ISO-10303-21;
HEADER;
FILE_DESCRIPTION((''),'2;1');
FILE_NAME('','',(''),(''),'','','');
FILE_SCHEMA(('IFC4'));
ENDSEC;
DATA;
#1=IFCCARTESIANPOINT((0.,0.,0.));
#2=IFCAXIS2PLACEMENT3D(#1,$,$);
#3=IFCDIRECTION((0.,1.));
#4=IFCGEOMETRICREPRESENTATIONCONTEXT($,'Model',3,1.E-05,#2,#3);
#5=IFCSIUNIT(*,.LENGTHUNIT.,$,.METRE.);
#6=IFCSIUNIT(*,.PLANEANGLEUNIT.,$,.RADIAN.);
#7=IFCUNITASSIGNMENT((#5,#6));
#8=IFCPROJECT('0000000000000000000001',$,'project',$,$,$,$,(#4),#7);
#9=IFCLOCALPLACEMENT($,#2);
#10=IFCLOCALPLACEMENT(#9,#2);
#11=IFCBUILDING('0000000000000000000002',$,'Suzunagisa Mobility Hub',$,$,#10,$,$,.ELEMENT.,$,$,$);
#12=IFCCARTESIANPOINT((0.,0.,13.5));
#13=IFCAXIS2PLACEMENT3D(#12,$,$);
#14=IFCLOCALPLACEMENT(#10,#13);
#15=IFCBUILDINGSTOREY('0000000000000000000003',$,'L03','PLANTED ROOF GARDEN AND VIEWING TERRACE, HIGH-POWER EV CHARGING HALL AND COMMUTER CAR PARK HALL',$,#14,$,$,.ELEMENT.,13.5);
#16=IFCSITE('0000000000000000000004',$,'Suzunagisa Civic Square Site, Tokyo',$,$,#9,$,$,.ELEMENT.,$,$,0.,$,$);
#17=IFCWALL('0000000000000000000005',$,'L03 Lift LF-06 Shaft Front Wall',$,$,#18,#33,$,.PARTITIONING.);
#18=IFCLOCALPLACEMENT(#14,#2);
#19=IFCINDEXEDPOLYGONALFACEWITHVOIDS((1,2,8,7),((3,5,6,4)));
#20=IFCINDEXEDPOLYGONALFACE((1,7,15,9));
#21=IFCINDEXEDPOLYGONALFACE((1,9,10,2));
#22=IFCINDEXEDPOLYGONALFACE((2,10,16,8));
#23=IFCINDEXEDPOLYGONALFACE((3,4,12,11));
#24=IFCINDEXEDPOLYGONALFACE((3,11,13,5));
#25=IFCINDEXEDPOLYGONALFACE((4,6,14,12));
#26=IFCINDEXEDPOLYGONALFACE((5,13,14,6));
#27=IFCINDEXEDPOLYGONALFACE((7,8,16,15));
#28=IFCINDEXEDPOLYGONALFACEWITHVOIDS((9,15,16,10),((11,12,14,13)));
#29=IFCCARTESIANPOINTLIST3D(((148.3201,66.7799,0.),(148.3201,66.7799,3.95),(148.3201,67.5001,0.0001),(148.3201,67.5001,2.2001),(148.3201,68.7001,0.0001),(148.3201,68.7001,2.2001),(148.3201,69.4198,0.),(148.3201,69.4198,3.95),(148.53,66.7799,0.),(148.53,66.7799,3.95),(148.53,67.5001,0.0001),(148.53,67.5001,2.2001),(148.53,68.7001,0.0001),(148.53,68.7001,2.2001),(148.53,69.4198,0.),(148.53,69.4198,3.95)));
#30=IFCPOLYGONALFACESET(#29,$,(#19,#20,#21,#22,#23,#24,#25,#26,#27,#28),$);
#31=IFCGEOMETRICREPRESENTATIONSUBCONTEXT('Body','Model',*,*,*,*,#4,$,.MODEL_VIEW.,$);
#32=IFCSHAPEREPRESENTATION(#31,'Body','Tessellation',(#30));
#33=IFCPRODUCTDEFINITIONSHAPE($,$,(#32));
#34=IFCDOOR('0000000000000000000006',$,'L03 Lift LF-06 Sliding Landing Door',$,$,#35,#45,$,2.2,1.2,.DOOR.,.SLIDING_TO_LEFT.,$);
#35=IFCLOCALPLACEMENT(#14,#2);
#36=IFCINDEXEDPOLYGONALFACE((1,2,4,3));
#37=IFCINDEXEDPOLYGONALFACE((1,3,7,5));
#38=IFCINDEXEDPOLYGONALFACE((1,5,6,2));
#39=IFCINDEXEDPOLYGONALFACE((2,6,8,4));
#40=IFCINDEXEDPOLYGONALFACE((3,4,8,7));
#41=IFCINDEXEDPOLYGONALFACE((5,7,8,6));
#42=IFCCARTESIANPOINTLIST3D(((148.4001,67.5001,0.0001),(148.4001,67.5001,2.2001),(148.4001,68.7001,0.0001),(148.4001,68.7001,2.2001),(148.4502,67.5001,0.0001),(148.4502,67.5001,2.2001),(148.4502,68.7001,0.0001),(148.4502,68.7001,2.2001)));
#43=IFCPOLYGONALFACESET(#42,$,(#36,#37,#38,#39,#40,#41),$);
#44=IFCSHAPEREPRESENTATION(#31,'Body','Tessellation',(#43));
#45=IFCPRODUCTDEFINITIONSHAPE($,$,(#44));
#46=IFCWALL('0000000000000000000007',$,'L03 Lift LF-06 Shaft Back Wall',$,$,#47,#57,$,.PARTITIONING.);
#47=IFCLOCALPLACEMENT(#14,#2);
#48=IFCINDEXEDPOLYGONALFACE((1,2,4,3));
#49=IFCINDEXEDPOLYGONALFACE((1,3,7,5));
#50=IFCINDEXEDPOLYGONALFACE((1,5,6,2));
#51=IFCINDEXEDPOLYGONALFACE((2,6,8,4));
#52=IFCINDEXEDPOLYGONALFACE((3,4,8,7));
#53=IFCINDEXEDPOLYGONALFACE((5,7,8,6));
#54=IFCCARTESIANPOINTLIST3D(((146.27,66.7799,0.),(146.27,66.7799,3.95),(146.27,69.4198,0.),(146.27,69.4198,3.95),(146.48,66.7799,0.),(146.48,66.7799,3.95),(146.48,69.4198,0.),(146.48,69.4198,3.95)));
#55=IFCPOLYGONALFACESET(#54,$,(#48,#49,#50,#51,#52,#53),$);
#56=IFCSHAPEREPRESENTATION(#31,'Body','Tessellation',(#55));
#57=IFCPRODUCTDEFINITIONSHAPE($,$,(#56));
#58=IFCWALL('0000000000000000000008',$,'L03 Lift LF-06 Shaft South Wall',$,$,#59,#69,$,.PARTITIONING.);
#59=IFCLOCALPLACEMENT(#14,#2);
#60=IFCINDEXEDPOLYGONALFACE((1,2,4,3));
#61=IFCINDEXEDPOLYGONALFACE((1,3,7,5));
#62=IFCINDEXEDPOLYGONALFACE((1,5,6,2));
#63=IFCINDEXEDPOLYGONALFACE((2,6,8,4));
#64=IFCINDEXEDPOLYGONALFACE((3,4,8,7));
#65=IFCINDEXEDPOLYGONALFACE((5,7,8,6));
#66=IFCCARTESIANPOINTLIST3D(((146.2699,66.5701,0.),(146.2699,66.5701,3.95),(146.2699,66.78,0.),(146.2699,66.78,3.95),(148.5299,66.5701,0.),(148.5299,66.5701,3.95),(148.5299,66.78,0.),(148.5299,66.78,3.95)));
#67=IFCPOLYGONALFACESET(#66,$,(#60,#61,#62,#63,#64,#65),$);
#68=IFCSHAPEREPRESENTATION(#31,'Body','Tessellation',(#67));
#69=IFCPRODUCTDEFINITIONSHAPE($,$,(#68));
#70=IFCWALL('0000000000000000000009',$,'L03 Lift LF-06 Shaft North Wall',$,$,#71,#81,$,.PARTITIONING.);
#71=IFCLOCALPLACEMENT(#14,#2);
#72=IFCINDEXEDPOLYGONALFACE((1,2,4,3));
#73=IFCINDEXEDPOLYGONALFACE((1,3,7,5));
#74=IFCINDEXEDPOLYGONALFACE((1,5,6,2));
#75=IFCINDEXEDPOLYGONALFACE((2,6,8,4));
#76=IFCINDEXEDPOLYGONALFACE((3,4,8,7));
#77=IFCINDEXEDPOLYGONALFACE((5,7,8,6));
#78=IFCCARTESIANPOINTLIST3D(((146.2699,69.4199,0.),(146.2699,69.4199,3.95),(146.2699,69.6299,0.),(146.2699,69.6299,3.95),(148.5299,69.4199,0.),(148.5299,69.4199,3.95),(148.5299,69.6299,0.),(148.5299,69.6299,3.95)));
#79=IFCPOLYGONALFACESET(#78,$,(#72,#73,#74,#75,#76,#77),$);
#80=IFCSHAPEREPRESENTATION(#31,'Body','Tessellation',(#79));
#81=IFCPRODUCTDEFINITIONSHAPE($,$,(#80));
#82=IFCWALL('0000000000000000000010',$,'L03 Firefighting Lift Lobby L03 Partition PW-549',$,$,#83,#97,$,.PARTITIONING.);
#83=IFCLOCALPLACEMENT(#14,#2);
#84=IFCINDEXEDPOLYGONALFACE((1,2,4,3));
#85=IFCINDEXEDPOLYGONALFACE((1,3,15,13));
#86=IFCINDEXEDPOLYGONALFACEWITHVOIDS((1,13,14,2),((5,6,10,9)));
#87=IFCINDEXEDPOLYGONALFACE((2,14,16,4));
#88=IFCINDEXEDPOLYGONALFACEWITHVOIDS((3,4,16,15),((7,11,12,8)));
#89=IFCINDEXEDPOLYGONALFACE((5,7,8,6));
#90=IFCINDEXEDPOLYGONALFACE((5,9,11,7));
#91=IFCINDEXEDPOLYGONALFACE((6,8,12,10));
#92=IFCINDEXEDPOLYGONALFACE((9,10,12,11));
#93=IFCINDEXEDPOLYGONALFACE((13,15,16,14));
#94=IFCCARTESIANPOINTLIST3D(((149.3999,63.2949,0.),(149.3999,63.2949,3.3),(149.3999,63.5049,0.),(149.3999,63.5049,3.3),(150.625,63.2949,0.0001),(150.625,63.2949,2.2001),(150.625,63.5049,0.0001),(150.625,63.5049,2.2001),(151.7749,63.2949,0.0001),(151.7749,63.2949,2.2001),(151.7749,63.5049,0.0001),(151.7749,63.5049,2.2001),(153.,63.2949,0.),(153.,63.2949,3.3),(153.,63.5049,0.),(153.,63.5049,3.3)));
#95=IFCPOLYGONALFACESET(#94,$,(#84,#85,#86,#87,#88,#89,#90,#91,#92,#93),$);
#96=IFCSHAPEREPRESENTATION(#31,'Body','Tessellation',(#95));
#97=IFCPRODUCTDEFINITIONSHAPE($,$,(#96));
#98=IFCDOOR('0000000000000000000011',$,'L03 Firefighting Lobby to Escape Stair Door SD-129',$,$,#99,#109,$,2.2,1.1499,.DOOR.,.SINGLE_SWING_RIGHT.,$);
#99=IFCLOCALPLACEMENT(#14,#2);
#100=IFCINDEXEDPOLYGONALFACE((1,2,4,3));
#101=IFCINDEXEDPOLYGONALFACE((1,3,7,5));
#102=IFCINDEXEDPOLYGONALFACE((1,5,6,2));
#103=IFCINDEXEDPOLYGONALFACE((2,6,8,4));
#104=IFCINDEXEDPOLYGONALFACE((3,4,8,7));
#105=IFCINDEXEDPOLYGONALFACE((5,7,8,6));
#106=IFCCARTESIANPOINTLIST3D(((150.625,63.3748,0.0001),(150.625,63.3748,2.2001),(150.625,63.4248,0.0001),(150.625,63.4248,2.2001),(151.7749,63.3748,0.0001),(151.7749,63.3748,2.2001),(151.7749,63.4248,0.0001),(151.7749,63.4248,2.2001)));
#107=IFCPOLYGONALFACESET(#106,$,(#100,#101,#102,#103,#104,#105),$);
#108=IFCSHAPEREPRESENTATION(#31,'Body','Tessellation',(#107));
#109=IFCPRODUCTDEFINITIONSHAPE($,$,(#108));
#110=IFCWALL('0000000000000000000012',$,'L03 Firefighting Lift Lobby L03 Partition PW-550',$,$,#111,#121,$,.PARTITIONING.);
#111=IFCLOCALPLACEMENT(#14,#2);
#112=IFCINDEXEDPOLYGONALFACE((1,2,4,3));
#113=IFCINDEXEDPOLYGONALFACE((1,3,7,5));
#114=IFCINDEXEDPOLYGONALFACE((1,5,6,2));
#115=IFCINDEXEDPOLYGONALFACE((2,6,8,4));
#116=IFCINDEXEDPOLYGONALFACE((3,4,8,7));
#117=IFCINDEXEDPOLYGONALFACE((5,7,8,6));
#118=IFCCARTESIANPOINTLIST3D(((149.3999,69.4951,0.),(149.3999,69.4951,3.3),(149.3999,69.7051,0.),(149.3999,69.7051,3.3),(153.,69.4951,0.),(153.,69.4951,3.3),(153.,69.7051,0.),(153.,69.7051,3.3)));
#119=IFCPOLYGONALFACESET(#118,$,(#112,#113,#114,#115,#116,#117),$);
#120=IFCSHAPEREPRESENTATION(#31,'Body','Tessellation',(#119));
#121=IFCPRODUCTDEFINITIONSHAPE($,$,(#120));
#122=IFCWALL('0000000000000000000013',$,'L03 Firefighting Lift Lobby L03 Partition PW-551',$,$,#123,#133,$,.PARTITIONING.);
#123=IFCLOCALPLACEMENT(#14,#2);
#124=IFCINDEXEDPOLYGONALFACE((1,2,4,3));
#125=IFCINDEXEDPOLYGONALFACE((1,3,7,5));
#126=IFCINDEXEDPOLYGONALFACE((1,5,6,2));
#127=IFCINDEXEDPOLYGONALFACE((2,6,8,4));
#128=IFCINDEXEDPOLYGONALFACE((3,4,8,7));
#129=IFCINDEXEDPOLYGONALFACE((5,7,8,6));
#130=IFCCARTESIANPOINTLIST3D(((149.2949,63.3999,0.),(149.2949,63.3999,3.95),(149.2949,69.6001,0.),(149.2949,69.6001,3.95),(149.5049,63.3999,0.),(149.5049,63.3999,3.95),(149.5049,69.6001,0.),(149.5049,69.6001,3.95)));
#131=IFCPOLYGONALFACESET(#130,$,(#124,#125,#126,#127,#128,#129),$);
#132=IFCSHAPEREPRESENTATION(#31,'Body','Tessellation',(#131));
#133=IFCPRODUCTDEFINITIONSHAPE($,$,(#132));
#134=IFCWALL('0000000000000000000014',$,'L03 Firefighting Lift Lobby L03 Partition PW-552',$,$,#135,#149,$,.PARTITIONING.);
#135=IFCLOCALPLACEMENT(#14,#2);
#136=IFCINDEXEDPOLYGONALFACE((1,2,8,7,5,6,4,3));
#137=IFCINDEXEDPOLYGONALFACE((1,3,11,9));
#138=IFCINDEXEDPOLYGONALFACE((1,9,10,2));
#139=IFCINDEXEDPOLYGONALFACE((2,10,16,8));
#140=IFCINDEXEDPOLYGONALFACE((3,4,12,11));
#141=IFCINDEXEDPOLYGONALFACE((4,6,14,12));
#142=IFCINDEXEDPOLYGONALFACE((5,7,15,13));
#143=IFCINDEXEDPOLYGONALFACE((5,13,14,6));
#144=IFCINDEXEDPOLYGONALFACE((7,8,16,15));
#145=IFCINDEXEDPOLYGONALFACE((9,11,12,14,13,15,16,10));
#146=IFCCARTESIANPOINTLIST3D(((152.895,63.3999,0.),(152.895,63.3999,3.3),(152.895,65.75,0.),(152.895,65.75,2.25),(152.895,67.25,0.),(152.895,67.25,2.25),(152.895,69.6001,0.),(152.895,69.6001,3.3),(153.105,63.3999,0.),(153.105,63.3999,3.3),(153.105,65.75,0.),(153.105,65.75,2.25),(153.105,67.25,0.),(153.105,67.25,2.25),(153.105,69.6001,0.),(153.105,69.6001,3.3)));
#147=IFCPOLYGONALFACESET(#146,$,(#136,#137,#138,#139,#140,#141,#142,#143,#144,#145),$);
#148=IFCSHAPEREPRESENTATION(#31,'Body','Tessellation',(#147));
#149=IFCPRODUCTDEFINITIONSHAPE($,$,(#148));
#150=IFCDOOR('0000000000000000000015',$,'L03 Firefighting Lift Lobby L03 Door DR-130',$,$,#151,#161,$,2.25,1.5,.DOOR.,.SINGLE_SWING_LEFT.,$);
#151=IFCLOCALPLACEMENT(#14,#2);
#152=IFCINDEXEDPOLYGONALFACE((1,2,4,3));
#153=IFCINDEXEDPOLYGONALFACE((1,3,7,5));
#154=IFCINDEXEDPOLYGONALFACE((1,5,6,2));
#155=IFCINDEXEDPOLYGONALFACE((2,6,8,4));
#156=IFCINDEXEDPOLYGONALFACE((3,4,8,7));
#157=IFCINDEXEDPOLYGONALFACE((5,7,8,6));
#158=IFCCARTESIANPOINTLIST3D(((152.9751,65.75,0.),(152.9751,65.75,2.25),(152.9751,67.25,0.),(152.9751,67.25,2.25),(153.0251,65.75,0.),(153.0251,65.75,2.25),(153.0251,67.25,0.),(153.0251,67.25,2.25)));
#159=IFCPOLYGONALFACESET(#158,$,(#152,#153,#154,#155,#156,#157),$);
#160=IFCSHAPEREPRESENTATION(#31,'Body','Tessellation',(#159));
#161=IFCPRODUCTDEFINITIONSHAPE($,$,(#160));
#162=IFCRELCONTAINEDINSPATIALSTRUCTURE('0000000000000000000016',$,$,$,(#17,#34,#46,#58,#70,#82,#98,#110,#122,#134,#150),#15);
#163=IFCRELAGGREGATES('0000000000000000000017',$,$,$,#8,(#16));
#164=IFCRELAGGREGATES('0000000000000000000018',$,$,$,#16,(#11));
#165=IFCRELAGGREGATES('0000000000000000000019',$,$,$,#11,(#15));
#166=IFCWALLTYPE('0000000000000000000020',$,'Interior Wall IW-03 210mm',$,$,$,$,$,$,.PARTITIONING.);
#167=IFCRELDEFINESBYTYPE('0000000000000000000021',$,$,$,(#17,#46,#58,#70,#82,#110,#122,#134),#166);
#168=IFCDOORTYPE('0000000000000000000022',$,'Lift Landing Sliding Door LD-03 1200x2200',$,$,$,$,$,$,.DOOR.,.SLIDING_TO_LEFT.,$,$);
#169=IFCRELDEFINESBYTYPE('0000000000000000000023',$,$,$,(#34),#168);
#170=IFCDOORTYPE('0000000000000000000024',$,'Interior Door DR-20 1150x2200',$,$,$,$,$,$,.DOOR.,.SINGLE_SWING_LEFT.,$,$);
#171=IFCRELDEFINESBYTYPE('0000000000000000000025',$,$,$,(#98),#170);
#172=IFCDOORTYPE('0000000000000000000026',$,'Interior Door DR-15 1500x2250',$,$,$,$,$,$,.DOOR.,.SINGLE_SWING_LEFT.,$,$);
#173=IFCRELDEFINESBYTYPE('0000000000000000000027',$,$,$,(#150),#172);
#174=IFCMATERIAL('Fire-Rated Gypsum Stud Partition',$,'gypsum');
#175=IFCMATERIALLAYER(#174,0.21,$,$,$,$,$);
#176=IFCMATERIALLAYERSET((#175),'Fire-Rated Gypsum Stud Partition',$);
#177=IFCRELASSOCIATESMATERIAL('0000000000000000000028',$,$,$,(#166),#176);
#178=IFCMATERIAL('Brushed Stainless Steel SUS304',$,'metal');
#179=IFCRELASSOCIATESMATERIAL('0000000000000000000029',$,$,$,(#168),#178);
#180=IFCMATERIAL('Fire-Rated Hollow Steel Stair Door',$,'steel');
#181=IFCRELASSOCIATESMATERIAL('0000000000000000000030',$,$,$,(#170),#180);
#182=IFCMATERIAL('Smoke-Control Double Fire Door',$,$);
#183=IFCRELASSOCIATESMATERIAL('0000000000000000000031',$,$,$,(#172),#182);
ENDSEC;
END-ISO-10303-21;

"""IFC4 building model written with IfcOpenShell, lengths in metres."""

from ifc_helpers import new_model, si_unit, direction, frame, frame_2d, origin, place, context, subcontext, project, spatial, rectangle, extrude, material, layer, layer_set, type_object, element, fill, save


model = new_model("IFC4")

# Units and contexts
model_context = context("Model", 3, precision=1e-05, world=origin(), true_north=direction((0.0, 1.0)))
body_context = subcontext(model_context, "Body", "Model", "MODEL_VIEW")
ifc_project = project(units=[si_unit("LENGTHUNIT", "METRE"), si_unit("PLANEANGLEUNIT", "RADIAN")], contexts=[model_context])

# Site, building, storey
site_placement = place(None, origin())
site = spatial("IfcSite", under=ifc_project, at=site_placement, Name="Suzunagisa Civic Square Site, Tokyo", CompositionType="ELEMENT", RefElevation=0.0)
building_placement = place(site_placement, origin())
building = spatial("IfcBuilding", under=site, at=building_placement, Name="Suzunagisa Mobility Hub", CompositionType="ELEMENT")
storey_placement = place(building_placement, frame((0.0, 0.0, 13.5)))
storey = spatial("IfcBuildingStorey", under=building, at=storey_placement, Name="L03", Description="PLANTED ROOF GARDEN AND VIEWING TERRACE, HIGH-POWER EV CHARGING HALL AND COMMUTER CAR PARK HALL", CompositionType="ELEMENT", Elevation=13.5)

# Shared definitions
ifc_material_1 = material(Name="Fire-Rated Gypsum Stud Partition", Category="gypsum")
ifc_layer = layer(ifc_material_1, 0.21)
ifc_layer_set = layer_set([ifc_layer], Name="Fire-Rated Gypsum Stud Partition")
wall_type = type_object("IfcWallType", Name="Interior Wall IW-03 210mm", PredefinedType="PARTITIONING", material=ifc_layer_set)
ifc_material_2 = material(Name="Brushed Stainless Steel SUS304", Category="metal")
door_type_1 = type_object("IfcDoorType", Name="Lift Landing Sliding Door LD-03 1200x2200", OperationType="SLIDING_TO_LEFT", PredefinedType="DOOR", material=ifc_material_2)

# Wall, opening, door
wall_1_placement = place(storey_placement, frame((148.425, 66.78, 0.0), z_axis=(0.0, 0.0, 1.0), x_axis=(0.0, 1.0, 0.0)))
wall_1 = element("IfcWall", 1, at=wall_1_placement, inside=storey, type_object=wall_type, Name="L03 Lift LF-06 Shaft Front Wall", PredefinedType="PARTITIONING", context=body_context, shape_type="SweptSolid", body=[
    extrude(rectangle(XDim=2.6399, YDim=0.21, at=frame_2d((1.3198, 0.0))), origin(), (0.0, 0.0, 1.0), 3.95),
])
opening_1_placement = place(wall_1_placement, frame((0.72, 0.0, 0.0)))
opening_1 = element("IfcOpeningElement", 2, at=opening_1_placement, cuts=wall_1, PredefinedType="OPENING", context=body_context, shape_type="SweptSolid", body=[
    extrude(rectangle(XDim=1.2, YDim=2.2, at=frame_2d((0.6001, 1.1001))), frame((0.0, 0.116, 0.0), z_axis=(0.0, -1.0, 0.0), x_axis=(1.0, 0.0, 0.0)), (0.0, 0.0, 1.0), 0.2319),
])
door_1_placement = place(opening_1_placement, origin())
door_1 = element("IfcDoor", 3, at=door_1_placement, inside=storey, type_object=door_type_1, Name="L03 Lift LF-06 Sliding Landing Door", OperationType="SLIDING_TO_LEFT", OverallHeight=2.2, OverallWidth=1.2, PredefinedType="DOOR", context=body_context, shape_type="SweptSolid", body=[
    extrude(rectangle(XDim=1.2, YDim=2.2, at=frame_2d((0.6001, 1.1001))), frame((0.0, 0.0249, 0.0), z_axis=(0.0, -1.0, 0.0), x_axis=(1.0, 0.0, 0.0)), (0.0, 0.0, 1.0), 0.05),
])
fill(opening_1, door_1)

# Walls
wall_2_placement = place(storey_placement, frame((146.375, 66.78, 0.0), z_axis=(0.0, 0.0, 1.0), x_axis=(0.0, 1.0, 0.0)))
element("IfcWall", 4, at=wall_2_placement, inside=storey, type_object=wall_type, Name="L03 Lift LF-06 Shaft Back Wall", PredefinedType="PARTITIONING", context=body_context, shape_type="SweptSolid", body=[
    extrude(rectangle(XDim=2.6399, YDim=0.21, at=frame_2d((1.3198, 0.0))), origin(), (0.0, 0.0, 1.0), 3.95),
])
for number, where, z_axis, x_axis, name in (
    (5, (146.27, 66.675, 0.0), (0.0, 0.0, 1.0), (1.0, 0.0, 0.0), "L03 Lift LF-06 Shaft South Wall"),
    (6, (146.27, 69.5249, 0.0), (0.0, 0.0, 1.0), (1.0, 0.0, 0.0), "L03 Lift LF-06 Shaft North Wall"),
):
    element("IfcWall", number, at=place(storey_placement, frame(where, z_axis=z_axis, x_axis=x_axis)), inside=storey, type_object=wall_type, Name=name, PredefinedType="PARTITIONING", context=body_context, shape_type="SweptSolid", body=[
        extrude(rectangle(XDim=2.26, YDim=0.21, at=frame_2d((1.1299, 0.0))), origin(), (0.0, 0.0, 1.0), 3.95),
    ])

# Wall, opening, door
wall_3_placement = place(storey_placement, frame((149.3999, 63.3999, 0.0), z_axis=(0.0, 0.0, 1.0), x_axis=(1.0, 0.0, 0.0)))
wall_3 = element("IfcWall", 7, at=wall_3_placement, inside=storey, type_object=wall_type, Name="L03 Firefighting Lift Lobby L03 Partition PW-549", PredefinedType="PARTITIONING", context=body_context, shape_type="SweptSolid", body=[
    extrude(rectangle(XDim=3.6001, YDim=0.21, at=frame_2d((1.8, 0.0))), origin(), (0.0, 0.0, 1.0), 3.3),
])
opening_2_placement = place(wall_3_placement, frame((1.2251, 0.0, 0.0)))
opening_2 = element("IfcOpeningElement", 8, at=opening_2_placement, cuts=wall_3, PredefinedType="OPENING", context=body_context, shape_type="SweptSolid", body=[
    extrude(rectangle(XDim=1.1499, YDim=2.2, at=frame_2d((0.575, 1.1001))), frame((0.0, 0.116, 0.0), z_axis=(0.0, -1.0, 0.0), x_axis=(1.0, 0.0, 0.0)), (0.0, 0.0, 1.0), 0.2319),
])
ifc_material_3 = material(Name="Fire-Rated Hollow Steel Stair Door", Category="steel")
door_type_2 = type_object("IfcDoorType", Name="Interior Door DR-20 1150x2200", OperationType="SINGLE_SWING_LEFT", PredefinedType="DOOR", material=ifc_material_3)
door_2_placement = place(opening_2_placement, origin())
door_2 = element("IfcDoor", 9, at=door_2_placement, inside=storey, type_object=door_type_2, Name="L03 Firefighting Lobby to Escape Stair Door SD-129", OperationType="SINGLE_SWING_RIGHT", OverallHeight=2.2, OverallWidth=1.1499, PredefinedType="DOOR", context=body_context, shape_type="SweptSolid", body=[
    extrude(rectangle(XDim=1.1499, YDim=2.2, at=frame_2d((0.575, 1.1001))), frame((0.0, 0.0249, 0.0), z_axis=(0.0, -1.0, 0.0), x_axis=(1.0, 0.0, 0.0)), (0.0, 0.0, 1.0), 0.05),
])
fill(opening_2, door_2)

# Walls
wall_4_placement = place(storey_placement, frame((149.3999, 69.6001, 0.0), z_axis=(0.0, 0.0, 1.0), x_axis=(1.0, 0.0, 0.0)))
element("IfcWall", 10, at=wall_4_placement, inside=storey, type_object=wall_type, Name="L03 Firefighting Lift Lobby L03 Partition PW-550", PredefinedType="PARTITIONING", context=body_context, shape_type="SweptSolid", body=[
    extrude(rectangle(XDim=3.6001, YDim=0.21, at=frame_2d((1.8, 0.0))), origin(), (0.0, 0.0, 1.0), 3.3),
])
wall_5_placement = place(storey_placement, frame((149.3999, 63.3999, 0.0), z_axis=(0.0, 0.0, 1.0), x_axis=(0.0, 1.0, 0.0)))
element("IfcWall", 11, at=wall_5_placement, inside=storey, type_object=wall_type, Name="L03 Firefighting Lift Lobby L03 Partition PW-551", PredefinedType="PARTITIONING", context=body_context, shape_type="SweptSolid", body=[
    extrude(rectangle(XDim=6.2002, YDim=0.21, at=frame_2d((3.1001, 0.0))), origin(), (0.0, 0.0, 1.0), 3.95),
])

# Wall, opening, door
wall_6_placement = place(storey_placement, frame((153.0, 63.3999, 0.0), z_axis=(0.0, 0.0, 1.0), x_axis=(0.0, 1.0, 0.0)))
wall_6 = element("IfcWall", 12, at=wall_6_placement, inside=storey, type_object=wall_type, Name="L03 Firefighting Lift Lobby L03 Partition PW-552", PredefinedType="PARTITIONING", context=body_context, shape_type="SweptSolid", body=[
    extrude(rectangle(XDim=6.2002, YDim=0.21, at=frame_2d((3.1001, 0.0))), origin(), (0.0, 0.0, 1.0), 3.3),
])
opening_3_placement = place(wall_6_placement, frame((2.3501, 0.0, 0.0)))
opening_3 = element("IfcOpeningElement", 13, at=opening_3_placement, cuts=wall_6, PredefinedType="OPENING", context=body_context, shape_type="SweptSolid", body=[
    extrude(rectangle(XDim=1.5, YDim=2.25, at=frame_2d((0.75, 1.125))), frame((0.0, 0.116, 0.0), z_axis=(0.0, -1.0, 0.0), x_axis=(1.0, 0.0, 0.0)), (0.0, 0.0, 1.0), 0.2319),
])
ifc_material_4 = material(Name="Smoke-Control Double Fire Door")
door_type_3 = type_object("IfcDoorType", Name="Interior Door DR-15 1500x2250", OperationType="SINGLE_SWING_LEFT", PredefinedType="DOOR", material=ifc_material_4)
door_3_placement = place(opening_3_placement, origin())
door_3 = element("IfcDoor", 14, at=door_3_placement, inside=storey, type_object=door_type_3, Name="L03 Firefighting Lift Lobby L03 Door DR-130", OperationType="SINGLE_SWING_LEFT", OverallHeight=2.25, OverallWidth=1.5, PredefinedType="DOOR", context=body_context, shape_type="SweptSolid", body=[
    extrude(rectangle(XDim=1.5, YDim=2.25, at=frame_2d((0.75, 1.125))), frame((0.0, 0.0249, 0.0), z_axis=(0.0, -1.0, 0.0), x_axis=(1.0, 0.0, 0.0)), (0.0, 0.0, 1.0), 0.05),
])
fill(opening_3, door_3)

save(model, "model.ifc")
